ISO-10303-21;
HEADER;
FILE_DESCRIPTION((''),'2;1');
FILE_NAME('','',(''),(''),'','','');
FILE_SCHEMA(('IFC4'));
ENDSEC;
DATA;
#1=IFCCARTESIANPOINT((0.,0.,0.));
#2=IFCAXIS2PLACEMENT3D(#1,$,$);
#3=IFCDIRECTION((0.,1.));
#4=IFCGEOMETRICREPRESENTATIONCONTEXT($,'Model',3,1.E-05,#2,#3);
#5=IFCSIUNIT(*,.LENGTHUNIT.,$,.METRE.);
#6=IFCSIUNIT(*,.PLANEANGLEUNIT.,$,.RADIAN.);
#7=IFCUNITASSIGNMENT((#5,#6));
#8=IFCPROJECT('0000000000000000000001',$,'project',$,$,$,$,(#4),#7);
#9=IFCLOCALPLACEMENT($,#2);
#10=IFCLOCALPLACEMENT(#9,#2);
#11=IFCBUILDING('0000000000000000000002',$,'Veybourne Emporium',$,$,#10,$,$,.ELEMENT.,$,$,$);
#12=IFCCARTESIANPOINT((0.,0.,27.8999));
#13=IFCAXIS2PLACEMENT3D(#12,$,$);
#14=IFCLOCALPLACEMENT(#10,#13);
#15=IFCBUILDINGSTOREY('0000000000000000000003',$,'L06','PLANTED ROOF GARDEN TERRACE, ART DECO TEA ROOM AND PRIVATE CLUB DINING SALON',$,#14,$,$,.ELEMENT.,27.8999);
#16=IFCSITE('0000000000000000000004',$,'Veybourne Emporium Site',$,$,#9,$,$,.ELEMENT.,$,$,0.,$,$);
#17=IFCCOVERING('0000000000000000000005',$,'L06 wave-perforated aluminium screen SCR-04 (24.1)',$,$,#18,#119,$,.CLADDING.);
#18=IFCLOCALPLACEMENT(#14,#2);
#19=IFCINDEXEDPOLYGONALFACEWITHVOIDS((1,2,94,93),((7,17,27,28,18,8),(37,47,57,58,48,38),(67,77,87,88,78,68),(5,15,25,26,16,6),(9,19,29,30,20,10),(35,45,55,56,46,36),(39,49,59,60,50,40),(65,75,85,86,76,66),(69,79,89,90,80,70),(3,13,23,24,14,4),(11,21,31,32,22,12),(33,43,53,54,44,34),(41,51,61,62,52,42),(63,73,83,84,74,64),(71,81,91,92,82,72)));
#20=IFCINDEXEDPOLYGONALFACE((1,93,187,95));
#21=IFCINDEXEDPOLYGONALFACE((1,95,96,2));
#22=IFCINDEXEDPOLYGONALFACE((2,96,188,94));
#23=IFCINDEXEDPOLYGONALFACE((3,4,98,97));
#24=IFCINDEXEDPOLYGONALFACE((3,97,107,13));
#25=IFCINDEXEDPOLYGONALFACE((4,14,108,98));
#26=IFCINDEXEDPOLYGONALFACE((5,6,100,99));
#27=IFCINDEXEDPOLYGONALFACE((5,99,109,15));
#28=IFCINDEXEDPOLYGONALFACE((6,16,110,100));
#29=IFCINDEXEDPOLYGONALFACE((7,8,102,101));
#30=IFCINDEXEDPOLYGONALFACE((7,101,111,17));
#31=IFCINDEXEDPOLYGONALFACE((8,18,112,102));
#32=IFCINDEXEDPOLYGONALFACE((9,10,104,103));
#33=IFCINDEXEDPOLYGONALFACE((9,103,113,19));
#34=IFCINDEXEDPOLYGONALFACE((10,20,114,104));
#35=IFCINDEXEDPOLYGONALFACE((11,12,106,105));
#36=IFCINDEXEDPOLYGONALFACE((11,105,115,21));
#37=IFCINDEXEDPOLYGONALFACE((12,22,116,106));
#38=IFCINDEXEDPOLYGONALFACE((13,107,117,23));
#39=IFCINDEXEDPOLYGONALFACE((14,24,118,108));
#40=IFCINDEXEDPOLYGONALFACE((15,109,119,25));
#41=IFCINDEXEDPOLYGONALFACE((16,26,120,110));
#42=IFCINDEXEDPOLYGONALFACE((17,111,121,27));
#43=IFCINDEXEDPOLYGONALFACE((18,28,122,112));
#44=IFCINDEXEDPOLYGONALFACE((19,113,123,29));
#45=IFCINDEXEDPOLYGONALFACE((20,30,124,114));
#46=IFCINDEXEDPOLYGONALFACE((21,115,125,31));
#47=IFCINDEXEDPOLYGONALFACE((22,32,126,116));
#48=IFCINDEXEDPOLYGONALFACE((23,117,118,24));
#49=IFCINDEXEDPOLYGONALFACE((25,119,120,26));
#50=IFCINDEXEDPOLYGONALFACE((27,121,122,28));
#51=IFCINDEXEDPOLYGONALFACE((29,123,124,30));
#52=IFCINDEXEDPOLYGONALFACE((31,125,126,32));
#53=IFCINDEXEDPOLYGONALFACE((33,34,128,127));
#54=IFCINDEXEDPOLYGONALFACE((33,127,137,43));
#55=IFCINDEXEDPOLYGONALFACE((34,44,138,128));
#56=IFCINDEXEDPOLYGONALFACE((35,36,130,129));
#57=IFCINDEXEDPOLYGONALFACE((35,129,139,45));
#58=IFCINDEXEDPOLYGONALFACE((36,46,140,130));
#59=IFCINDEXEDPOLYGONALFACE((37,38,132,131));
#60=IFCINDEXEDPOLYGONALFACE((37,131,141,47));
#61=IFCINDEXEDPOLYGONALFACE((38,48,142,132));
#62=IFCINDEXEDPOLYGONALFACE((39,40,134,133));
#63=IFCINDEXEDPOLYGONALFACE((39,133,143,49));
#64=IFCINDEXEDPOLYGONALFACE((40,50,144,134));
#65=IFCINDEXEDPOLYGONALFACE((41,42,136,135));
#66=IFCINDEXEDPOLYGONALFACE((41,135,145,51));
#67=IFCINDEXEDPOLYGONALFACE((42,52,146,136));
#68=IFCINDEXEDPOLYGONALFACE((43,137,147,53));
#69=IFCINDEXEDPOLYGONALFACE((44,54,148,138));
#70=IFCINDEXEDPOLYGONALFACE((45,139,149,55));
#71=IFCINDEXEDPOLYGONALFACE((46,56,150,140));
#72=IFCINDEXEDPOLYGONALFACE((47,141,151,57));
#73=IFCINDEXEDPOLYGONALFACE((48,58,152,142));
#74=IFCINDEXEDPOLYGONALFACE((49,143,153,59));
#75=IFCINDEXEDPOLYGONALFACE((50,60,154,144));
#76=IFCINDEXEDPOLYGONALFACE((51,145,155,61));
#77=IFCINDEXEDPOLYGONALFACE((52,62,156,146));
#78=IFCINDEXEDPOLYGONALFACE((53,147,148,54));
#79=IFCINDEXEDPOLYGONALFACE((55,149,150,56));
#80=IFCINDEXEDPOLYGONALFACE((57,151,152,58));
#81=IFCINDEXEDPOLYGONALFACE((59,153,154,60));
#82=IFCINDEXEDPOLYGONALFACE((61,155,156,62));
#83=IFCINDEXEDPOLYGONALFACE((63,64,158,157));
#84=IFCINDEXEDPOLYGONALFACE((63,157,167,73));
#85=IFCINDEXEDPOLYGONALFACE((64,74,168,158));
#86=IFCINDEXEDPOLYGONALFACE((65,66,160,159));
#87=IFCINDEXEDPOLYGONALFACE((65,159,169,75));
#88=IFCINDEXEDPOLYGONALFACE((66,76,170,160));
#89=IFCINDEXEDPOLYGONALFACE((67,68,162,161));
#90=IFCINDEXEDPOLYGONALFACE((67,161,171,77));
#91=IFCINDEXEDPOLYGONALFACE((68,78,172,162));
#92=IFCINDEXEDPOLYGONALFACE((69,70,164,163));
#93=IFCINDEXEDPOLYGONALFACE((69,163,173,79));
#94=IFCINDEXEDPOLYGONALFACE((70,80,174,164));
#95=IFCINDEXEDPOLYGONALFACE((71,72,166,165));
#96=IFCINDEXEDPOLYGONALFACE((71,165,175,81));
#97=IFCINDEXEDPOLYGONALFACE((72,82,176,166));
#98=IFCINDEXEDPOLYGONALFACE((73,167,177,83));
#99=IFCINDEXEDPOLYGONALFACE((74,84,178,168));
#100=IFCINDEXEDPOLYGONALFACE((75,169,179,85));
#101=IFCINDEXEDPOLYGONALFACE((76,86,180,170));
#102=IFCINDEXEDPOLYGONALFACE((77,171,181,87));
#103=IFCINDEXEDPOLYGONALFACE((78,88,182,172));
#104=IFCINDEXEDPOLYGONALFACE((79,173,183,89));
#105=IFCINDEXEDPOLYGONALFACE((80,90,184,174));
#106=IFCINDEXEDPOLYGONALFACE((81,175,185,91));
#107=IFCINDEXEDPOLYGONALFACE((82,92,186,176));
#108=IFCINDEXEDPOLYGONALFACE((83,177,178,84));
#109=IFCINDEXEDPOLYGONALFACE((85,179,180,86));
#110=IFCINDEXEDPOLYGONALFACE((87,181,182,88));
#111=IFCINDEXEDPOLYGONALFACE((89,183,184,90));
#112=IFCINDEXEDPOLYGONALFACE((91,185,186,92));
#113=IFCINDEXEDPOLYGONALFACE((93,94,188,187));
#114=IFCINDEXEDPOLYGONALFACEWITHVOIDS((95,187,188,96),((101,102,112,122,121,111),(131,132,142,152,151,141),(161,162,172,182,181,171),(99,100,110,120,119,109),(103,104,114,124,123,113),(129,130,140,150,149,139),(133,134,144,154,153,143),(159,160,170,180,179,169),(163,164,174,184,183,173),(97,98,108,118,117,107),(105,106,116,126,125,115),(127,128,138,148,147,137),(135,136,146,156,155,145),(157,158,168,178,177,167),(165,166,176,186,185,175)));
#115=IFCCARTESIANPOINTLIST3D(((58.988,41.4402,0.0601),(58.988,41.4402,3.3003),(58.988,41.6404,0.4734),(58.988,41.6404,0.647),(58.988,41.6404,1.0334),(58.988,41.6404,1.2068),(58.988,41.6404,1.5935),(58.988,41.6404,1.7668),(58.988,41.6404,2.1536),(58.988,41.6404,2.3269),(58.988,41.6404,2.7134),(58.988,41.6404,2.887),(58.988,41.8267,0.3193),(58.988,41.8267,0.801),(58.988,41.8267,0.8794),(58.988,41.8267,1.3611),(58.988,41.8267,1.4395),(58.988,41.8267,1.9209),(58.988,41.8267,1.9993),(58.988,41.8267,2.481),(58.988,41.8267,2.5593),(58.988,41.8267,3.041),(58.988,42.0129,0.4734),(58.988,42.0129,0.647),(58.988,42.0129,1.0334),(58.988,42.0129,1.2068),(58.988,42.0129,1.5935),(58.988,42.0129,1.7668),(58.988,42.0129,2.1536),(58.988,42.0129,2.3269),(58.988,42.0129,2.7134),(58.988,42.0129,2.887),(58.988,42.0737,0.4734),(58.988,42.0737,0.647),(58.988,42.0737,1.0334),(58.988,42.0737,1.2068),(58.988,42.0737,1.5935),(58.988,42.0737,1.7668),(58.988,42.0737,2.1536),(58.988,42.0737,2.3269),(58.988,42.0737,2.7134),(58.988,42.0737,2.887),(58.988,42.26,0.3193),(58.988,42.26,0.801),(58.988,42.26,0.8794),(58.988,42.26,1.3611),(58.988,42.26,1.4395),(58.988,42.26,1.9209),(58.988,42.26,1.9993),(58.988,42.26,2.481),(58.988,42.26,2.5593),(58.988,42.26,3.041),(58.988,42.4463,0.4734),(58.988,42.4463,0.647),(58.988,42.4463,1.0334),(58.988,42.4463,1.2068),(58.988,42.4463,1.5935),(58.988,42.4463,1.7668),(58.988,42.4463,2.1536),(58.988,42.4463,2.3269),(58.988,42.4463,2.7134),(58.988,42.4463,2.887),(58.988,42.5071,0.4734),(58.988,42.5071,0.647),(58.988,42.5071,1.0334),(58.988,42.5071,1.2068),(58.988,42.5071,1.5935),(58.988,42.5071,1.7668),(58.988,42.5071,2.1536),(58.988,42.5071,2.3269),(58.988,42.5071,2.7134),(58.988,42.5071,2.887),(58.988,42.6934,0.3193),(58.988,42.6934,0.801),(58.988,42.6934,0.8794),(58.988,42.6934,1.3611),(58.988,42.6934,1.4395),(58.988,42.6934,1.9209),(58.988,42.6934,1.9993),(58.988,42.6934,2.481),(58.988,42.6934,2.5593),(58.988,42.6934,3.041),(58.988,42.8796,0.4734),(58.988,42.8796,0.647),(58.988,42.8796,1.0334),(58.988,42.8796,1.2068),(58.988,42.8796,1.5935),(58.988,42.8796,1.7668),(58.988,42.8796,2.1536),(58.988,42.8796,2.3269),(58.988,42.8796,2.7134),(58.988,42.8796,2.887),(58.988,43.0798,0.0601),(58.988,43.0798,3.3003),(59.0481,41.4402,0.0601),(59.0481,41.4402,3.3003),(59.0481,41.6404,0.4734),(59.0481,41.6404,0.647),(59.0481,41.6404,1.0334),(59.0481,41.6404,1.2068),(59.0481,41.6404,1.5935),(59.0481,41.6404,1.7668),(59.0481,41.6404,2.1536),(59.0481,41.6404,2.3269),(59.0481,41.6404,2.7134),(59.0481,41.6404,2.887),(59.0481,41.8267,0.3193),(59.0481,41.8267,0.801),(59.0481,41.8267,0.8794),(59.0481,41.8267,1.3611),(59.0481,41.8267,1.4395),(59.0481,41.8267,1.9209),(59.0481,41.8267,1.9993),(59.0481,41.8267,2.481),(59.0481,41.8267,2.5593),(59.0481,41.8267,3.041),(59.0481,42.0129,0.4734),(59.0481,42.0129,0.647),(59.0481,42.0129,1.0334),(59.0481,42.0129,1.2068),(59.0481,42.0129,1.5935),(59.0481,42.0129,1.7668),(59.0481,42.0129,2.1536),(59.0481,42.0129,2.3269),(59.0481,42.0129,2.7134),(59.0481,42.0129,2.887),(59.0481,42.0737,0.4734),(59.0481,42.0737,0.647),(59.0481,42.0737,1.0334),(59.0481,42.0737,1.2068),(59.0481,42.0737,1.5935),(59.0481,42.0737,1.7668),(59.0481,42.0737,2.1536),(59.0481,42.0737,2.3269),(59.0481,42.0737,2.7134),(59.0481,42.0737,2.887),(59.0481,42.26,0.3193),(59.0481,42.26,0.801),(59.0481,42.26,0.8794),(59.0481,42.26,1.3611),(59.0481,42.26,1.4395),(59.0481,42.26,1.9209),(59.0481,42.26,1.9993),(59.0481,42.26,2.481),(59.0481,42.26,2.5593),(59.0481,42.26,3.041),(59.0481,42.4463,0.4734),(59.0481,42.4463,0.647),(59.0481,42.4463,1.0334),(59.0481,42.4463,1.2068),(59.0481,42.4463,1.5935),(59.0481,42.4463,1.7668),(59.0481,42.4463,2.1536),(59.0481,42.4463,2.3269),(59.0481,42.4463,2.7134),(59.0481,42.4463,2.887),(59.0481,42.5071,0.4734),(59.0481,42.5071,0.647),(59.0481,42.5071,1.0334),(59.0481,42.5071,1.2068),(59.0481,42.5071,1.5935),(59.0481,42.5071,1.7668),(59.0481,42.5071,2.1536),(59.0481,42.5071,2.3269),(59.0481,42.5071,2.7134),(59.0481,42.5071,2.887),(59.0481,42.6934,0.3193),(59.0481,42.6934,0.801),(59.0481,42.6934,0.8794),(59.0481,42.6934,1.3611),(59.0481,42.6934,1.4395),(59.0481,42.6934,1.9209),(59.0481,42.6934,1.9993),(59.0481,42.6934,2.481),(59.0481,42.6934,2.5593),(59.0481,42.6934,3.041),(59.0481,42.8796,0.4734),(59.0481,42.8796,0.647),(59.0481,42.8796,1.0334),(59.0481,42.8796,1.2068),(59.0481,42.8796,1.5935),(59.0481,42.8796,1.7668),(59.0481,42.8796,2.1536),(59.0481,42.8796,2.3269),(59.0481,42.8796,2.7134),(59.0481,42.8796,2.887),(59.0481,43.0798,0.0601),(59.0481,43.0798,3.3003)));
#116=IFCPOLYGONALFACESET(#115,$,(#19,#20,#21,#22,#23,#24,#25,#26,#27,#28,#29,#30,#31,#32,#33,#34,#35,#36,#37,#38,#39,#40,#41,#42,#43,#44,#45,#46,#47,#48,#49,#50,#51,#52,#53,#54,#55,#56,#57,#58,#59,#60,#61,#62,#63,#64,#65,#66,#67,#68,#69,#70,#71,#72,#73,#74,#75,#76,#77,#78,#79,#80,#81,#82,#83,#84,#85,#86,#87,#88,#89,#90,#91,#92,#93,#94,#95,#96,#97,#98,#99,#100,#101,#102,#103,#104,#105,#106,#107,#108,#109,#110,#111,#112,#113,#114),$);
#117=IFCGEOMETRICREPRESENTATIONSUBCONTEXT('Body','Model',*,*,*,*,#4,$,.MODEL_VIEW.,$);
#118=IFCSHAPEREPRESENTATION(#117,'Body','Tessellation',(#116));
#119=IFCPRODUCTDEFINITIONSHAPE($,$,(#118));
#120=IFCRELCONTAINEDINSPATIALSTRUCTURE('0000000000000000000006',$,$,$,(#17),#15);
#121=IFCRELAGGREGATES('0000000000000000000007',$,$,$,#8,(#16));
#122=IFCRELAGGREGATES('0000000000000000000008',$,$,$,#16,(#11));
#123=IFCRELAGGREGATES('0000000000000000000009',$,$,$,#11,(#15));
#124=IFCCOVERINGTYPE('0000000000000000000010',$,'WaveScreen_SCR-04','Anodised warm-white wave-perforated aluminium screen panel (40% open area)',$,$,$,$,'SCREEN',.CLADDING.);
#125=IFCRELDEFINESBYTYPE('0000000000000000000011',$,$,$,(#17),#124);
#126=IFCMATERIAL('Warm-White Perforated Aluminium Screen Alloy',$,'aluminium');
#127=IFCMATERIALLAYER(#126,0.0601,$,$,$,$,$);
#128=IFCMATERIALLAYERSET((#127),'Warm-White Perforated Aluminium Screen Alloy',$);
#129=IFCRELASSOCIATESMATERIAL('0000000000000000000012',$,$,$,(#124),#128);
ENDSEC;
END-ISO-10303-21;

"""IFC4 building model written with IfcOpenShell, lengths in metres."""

from ifc_helpers import new_model, si_unit, direction, frame, origin, place, context, subcontext, project, spatial, polyline, outline, extrude, material, layer, layer_set, type_object, element, save


model = new_model("IFC4")

# Units and contexts
model_context = context("Model", 3, precision=1e-05, world=origin(), true_north=direction((0.0, 1.0)))
body_context = subcontext(model_context, "Body", "Model", "MODEL_VIEW")
ifc_project = project(units=[si_unit("LENGTHUNIT", "METRE"), si_unit("PLANEANGLEUNIT", "RADIAN")], contexts=[model_context])

# Site, building, storey
site_placement = place(None, origin())
site = spatial("IfcSite", under=ifc_project, at=site_placement, Name="Veybourne Emporium Site", CompositionType="ELEMENT", RefElevation=0.0)
building_placement = place(site_placement, origin())
building = spatial("IfcBuilding", under=site, at=building_placement, Name="Veybourne Emporium", CompositionType="ELEMENT")
storey_placement = place(building_placement, frame((0.0, 0.0, 27.8999)))
storey = spatial("IfcBuildingStorey", under=building, at=storey_placement, Name="L06", Description="PLANTED ROOF GARDEN TERRACE, ART DECO TEA ROOM AND PRIVATE CLUB DINING SALON", CompositionType="ELEMENT", Elevation=27.8999)

# Covering
ifc_material_1 = material(Name="Warm-White Perforated Aluminium Screen Alloy", Category="aluminium")
ifc_layer_1 = layer(ifc_material_1, 0.0601)
ifc_layer_set_1 = layer_set([ifc_layer_1], Name="Warm-White Perforated Aluminium Screen Alloy")
covering_type_1 = type_object("IfcCoveringType", Name="WaveScreen_SCR-04", Description="Anodised warm-white wave-perforated aluminium screen panel (40% open area)", ElementType="SCREEN", PredefinedType="CLADDING", material=ifc_layer_set_1)
covering_1_placement = place(storey_placement, frame((59.0481, 42.26, 1.6802), z_axis=(-1.0, 0.0, 0.0), x_axis=(0.0, -1.0, 0.0)))
element("IfcCovering", 1, at=covering_1_placement, inside=storey, type_object=covering_type_1, Name="L06 wave-perforated aluminium screen SCR-04 (24.1)", PredefinedType="CLADDING", context=body_context, shape_type="SweptSolid", body=[
    extrude(outline(polyline([(-0.8198, -1.6201), (0.8198, -1.6201), (0.8198, 1.6201), (-0.8198, 1.6201), (-0.8198, -1.6201)]), holes=[polyline([(-0.4333, -0.8792), (-0.2471, -1.0332), (-0.2471, -1.2068), (-0.4333, -1.3608), (-0.6196, -1.2068), (-0.6196, -1.0332), (-0.4333, -0.8792)]), polyline([(-0.4333, -0.3191), (-0.2471, -0.4734), (-0.2471, -0.6467), (-0.4333, -0.8008), (-0.6196, -0.6467), (-0.6196, -0.4734), (-0.4333, -0.3191)]), polyline([(-0.4333, 0.2407), (-0.2471, 0.0867), (-0.2471, -0.0867), (-0.4333, -0.2407), (-0.6196, -0.0867), (-0.6196, 0.0867), (-0.4333, 0.2407)]), polyline([(-0.4333, 0.8008), (-0.2471, 0.6467), (-0.2471, 0.4734), (-0.4333, 0.3191), (-0.6196, 0.4734), (-0.6196, 0.6467), (-0.4333, 0.8008)]), polyline([(-0.4333, 1.3608), (-0.2471, 1.2068), (-0.2471, 1.0332), (-0.4333, 0.8792), (-0.6196, 1.0332), (-0.6196, 1.2068), (-0.4333, 1.3608)]), polyline([(0.0, -0.8792), (0.1863, -1.0332), (0.1863, -1.2068), (0.0, -1.3608), (-0.1863, -1.2068), (-0.1863, -1.0332), (0.0, -0.8792)]), polyline([(0.0, -0.3191), (0.1863, -0.4734), (0.1863, -0.6467), (0.0, -0.8008), (-0.1863, -0.6467), (-0.1863, -0.4734), (0.0, -0.3191)]), polyline([(0.0, 0.2407), (0.1863, 0.0867), (0.1863, -0.0867), (0.0, -0.2407), (-0.1863, -0.0867), (-0.1863, 0.0867), (0.0, 0.2407)]), polyline([(0.0, 0.8008), (0.1863, 0.6467), (0.1863, 0.4734), (0.0, 0.3191), (-0.1863, 0.4734), (-0.1863, 0.6467), (0.0, 0.8008)]), polyline([(0.0, 1.3608), (0.1863, 1.2068), (0.1863, 1.0332), (0.0, 0.8792), (-0.1863, 1.0332), (-0.1863, 1.2068), (0.0, 1.3608)]), polyline([(0.4333, -0.8792), (0.6196, -1.0332), (0.6196, -1.2068), (0.4333, -1.3608), (0.2471, -1.2068), (0.2471, -1.0332), (0.4333, -0.8792)]), polyline([(0.4333, -0.3191), (0.6196, -0.4734), (0.6196, -0.6467), (0.4333, -0.8008), (0.2471, -0.6467), (0.2471, -0.4734), (0.4333, -0.3191)]), polyline([(0.4333, 0.2407), (0.6196, 0.0867), (0.6196, -0.0867), (0.4333, -0.2407), (0.2471, -0.0867), (0.2471, 0.0867), (0.4333, 0.2407)]), polyline([(0.4333, 0.8008), (0.6196, 0.6467), (0.6196, 0.4734), (0.4333, 0.3191), (0.2471, 0.4734), (0.2471, 0.6467), (0.4333, 0.8008)]), polyline([(0.4333, 1.3608), (0.6196, 1.2068), (0.6196, 1.0332), (0.4333, 0.8792), (0.2471, 1.0332), (0.2471, 1.2068), (0.4333, 1.3608)])]), origin(), (0.0, 0.0, 1.0), 0.0601),
])

save(model, "model.ifc")
